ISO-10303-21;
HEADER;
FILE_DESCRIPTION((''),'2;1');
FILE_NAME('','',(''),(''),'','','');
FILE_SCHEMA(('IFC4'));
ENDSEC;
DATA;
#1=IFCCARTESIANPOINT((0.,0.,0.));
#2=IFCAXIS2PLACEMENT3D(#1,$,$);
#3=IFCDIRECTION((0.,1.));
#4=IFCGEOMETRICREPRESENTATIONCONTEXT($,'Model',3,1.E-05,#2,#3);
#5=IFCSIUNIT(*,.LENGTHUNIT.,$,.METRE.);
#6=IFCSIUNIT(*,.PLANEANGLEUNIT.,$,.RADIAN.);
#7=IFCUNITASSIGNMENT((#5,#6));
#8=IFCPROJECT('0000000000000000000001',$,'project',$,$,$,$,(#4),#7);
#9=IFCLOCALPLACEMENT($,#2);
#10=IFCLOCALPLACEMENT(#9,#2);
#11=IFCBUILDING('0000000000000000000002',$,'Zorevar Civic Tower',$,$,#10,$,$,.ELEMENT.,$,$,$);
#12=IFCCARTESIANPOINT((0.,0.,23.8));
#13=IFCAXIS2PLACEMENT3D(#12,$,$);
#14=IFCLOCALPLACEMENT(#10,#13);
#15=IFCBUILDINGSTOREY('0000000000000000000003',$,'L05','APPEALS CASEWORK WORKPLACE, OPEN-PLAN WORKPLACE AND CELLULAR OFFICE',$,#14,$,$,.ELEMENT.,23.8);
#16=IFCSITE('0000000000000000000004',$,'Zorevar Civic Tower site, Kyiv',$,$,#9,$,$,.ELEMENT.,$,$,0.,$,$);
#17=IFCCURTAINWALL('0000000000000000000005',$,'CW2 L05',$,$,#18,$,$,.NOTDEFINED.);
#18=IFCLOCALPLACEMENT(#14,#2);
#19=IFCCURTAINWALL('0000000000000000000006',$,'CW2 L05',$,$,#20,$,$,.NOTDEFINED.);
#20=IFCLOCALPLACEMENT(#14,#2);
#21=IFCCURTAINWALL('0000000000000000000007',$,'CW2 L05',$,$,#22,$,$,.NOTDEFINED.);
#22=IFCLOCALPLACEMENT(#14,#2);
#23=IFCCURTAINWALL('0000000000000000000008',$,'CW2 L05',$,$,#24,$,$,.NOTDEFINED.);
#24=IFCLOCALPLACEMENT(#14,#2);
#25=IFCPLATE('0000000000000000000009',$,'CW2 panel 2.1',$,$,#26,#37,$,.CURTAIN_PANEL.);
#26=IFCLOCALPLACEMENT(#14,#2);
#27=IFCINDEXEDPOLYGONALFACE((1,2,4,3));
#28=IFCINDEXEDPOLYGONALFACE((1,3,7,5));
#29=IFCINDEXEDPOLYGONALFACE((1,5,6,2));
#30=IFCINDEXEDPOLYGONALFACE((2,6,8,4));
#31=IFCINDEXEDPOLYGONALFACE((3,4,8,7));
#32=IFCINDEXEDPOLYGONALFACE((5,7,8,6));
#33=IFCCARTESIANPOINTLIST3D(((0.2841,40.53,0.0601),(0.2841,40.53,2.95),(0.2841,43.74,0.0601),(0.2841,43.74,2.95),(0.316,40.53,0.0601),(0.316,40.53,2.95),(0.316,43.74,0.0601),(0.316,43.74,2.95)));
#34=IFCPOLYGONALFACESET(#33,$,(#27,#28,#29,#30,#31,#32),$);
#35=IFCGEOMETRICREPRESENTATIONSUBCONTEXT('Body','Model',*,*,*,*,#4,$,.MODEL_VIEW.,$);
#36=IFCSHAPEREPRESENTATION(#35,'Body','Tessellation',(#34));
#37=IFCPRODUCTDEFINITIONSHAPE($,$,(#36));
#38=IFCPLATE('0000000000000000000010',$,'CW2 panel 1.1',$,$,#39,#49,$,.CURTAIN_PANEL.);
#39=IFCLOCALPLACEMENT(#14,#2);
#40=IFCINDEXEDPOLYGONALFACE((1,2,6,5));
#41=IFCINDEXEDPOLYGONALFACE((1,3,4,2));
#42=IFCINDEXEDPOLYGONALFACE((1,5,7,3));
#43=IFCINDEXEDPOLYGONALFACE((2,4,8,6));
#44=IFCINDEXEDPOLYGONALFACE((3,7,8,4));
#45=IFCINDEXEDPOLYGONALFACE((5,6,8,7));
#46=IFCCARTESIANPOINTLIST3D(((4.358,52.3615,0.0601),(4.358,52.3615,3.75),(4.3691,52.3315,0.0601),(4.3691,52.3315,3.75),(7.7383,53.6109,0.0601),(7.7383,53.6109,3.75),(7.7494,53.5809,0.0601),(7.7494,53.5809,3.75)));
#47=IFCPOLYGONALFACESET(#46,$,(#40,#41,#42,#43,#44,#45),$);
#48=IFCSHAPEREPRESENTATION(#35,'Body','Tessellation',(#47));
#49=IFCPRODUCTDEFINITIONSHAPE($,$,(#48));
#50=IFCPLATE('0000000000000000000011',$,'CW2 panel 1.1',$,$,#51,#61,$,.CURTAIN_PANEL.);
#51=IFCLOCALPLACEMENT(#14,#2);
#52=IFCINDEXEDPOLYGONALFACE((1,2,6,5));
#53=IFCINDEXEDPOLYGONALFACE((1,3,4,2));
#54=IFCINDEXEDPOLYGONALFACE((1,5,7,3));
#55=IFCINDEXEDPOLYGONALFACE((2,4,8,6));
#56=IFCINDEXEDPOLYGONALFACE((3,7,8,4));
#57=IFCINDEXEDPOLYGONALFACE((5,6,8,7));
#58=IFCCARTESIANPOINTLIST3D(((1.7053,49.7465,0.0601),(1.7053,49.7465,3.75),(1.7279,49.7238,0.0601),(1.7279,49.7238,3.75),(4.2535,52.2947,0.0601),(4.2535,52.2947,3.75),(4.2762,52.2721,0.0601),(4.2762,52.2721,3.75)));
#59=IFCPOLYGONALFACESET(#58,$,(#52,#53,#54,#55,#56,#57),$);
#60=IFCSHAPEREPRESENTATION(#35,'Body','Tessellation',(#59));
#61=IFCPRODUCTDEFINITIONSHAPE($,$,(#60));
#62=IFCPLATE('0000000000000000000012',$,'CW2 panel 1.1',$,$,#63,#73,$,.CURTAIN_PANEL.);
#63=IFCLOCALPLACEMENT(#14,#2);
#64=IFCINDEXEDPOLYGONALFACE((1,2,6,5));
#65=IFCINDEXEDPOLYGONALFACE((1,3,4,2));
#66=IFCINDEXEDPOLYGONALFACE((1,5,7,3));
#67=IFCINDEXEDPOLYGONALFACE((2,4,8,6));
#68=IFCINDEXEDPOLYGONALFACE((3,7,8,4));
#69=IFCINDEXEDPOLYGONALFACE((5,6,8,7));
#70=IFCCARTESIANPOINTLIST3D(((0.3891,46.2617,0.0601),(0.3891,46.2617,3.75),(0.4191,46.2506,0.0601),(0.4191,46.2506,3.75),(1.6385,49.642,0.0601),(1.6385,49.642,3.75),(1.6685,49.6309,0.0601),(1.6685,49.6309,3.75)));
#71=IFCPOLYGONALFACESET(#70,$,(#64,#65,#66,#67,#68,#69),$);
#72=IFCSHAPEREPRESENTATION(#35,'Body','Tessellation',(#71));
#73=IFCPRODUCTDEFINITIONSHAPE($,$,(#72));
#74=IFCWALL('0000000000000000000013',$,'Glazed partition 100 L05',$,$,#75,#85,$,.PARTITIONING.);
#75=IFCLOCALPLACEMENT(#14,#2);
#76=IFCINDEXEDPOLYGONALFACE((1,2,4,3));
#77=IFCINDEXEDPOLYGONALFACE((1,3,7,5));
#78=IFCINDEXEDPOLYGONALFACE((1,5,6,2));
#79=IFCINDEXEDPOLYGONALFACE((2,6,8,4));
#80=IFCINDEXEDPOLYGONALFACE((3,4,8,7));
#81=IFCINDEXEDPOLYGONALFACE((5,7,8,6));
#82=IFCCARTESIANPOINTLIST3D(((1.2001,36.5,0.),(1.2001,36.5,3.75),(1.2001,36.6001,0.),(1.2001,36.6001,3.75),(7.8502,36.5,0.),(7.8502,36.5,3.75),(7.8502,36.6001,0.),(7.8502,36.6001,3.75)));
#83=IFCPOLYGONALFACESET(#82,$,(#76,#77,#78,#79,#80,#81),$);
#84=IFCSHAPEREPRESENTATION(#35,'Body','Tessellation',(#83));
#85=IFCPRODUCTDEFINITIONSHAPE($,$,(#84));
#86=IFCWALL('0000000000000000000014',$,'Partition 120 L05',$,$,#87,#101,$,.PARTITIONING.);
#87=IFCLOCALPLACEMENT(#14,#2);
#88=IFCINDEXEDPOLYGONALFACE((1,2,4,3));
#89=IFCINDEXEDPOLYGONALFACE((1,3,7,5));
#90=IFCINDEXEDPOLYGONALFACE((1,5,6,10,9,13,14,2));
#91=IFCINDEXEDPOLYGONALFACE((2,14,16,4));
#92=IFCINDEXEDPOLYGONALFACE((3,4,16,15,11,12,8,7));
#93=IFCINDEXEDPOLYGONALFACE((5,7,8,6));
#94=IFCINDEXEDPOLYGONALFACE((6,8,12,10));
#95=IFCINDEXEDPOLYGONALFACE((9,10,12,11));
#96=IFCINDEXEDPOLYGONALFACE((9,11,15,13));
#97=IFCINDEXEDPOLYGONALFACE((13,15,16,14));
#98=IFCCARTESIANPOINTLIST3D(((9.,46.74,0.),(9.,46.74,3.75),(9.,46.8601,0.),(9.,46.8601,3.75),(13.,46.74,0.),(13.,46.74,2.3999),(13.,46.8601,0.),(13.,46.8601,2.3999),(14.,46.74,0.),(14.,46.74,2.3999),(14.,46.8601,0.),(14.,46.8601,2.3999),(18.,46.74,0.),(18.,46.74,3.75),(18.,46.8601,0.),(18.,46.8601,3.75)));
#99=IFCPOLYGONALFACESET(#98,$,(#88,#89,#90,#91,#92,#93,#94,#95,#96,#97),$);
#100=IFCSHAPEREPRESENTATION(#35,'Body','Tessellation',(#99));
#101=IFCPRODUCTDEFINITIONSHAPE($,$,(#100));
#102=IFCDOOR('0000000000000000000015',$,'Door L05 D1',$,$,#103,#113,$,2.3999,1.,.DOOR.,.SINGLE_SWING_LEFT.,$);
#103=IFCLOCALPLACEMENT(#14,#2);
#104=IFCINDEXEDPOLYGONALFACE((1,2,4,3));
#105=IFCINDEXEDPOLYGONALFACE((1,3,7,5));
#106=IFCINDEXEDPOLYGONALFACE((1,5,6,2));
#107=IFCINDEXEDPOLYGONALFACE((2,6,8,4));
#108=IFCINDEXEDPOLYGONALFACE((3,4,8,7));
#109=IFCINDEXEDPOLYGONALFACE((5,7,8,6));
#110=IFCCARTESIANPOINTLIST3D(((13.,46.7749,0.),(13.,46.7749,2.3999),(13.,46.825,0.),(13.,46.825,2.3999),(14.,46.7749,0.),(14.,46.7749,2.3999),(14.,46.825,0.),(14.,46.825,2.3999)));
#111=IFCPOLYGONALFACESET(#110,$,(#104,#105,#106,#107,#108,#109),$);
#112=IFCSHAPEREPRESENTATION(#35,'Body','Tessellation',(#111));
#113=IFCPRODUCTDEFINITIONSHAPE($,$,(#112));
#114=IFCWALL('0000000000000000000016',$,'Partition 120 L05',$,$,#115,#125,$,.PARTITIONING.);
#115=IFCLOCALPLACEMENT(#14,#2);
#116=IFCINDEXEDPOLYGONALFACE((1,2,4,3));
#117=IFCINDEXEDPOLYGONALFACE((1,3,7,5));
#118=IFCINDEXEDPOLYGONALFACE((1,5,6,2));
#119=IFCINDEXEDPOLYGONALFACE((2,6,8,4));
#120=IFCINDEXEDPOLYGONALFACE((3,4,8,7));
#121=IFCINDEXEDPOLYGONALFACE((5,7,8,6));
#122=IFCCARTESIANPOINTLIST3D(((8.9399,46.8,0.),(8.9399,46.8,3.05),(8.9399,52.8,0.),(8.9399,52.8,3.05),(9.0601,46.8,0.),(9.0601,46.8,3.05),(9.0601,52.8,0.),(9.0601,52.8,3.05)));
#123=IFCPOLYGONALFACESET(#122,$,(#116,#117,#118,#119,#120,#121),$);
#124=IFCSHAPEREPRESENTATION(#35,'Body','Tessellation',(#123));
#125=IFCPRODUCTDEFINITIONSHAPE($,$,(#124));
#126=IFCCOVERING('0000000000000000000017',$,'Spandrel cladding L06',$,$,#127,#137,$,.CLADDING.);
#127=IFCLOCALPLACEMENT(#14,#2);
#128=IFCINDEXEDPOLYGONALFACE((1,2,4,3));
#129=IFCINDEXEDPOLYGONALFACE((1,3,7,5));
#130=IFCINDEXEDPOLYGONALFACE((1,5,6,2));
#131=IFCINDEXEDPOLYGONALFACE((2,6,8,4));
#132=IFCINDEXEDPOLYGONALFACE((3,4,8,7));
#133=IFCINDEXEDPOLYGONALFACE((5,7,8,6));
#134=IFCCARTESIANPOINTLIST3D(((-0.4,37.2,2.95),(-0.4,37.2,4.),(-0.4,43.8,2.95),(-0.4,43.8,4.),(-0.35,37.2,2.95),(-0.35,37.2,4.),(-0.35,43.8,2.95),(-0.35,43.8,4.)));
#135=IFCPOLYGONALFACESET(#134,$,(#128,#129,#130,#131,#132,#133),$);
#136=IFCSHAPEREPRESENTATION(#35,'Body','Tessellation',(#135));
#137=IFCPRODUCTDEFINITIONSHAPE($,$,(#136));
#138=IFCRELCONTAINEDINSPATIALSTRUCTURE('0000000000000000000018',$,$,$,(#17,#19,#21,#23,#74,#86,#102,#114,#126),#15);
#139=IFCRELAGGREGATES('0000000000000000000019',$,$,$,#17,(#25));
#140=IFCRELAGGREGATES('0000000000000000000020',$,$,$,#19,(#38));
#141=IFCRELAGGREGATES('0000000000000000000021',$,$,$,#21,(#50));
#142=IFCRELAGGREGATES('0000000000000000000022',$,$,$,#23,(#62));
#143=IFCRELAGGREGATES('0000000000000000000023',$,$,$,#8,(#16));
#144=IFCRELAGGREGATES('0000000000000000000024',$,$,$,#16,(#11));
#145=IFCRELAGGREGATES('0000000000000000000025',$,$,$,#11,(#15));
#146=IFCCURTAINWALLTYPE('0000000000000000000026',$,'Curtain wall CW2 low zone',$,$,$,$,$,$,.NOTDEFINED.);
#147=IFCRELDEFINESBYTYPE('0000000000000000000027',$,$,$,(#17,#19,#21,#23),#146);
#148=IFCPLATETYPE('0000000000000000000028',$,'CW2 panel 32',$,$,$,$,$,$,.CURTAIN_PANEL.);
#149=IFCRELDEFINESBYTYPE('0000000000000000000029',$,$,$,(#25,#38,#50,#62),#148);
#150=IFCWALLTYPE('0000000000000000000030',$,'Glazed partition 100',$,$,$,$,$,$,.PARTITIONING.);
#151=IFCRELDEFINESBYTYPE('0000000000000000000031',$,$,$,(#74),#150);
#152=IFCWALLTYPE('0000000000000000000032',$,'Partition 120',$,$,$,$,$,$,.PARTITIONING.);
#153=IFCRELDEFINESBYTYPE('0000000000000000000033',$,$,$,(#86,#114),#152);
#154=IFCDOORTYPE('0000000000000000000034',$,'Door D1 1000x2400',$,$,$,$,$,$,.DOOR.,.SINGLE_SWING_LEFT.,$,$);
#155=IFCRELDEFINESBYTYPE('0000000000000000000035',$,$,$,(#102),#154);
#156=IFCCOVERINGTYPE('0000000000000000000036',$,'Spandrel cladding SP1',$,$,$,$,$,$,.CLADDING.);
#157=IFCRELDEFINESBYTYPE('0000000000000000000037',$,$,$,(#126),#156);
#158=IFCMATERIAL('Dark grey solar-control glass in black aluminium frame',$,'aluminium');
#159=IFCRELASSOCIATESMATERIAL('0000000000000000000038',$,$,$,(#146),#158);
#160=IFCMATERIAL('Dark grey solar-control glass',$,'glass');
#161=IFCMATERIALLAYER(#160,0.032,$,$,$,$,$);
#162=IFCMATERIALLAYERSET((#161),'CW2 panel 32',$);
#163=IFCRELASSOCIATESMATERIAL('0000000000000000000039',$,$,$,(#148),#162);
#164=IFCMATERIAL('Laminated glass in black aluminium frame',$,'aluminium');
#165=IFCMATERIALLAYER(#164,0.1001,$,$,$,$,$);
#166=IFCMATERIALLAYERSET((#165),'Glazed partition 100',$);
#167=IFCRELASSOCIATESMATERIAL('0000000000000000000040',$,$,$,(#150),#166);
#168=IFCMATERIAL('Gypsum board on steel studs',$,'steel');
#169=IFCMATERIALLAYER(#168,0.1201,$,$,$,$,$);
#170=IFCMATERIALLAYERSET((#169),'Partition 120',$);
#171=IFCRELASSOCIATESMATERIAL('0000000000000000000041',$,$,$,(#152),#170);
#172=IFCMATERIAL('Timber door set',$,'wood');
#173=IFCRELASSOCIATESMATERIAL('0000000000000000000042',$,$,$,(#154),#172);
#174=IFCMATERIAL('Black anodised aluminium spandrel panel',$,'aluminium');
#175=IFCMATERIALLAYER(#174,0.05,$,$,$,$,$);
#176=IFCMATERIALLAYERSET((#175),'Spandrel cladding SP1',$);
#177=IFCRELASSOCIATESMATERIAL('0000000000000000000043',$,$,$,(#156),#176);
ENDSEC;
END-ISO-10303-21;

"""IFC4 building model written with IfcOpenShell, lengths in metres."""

from ifc_helpers import new_model, si_unit, direction, frame, frame_2d, origin, origin_2d, place, context, subcontext, project, spatial, rectangle, extrude, material, layer, layer_set, type_object, element, fill, aggregate, save


model = new_model("IFC4")

# Units and contexts
model_context = context("Model", 3, precision=1e-05, world=origin(), true_north=direction((0.0, 1.0)))
body_context = subcontext(model_context, "Body", "Model", "MODEL_VIEW")
ifc_project = project(units=[si_unit("LENGTHUNIT", "METRE"), si_unit("PLANEANGLEUNIT", "RADIAN")], contexts=[model_context])

# Site, building, storey
site_placement = place(None, origin())
site = spatial("IfcSite", under=ifc_project, at=site_placement, Name="Zorevar Civic Tower site, Kyiv", CompositionType="ELEMENT", RefElevation=0.0)
building_placement = place(site_placement, origin())
building = spatial("IfcBuilding", under=site, at=building_placement, Name="Zorevar Civic Tower", CompositionType="ELEMENT")
storey_placement = place(building_placement, frame((0.0, 0.0, 23.8)))
storey = spatial("IfcBuildingStorey", under=building, at=storey_placement, Name="L05", Description="APPEALS CASEWORK WORKPLACE, OPEN-PLAN WORKPLACE AND CELLULAR OFFICE", CompositionType="ELEMENT", Elevation=23.8)

# Curtain walls
ifc_material_1 = material(Name="Dark grey solar-control glass in black aluminium frame", Category="aluminium")
curtain_wall_type = type_object("IfcCurtainWallType", Name="Curtain wall CW2 low zone", PredefinedType="NOTDEFINED", material=ifc_material_1)
curtain_wall_1_placement = place(storey_placement, origin())
curtain_wall_1 = element("IfcCurtainWall", 1, at=curtain_wall_1_placement, inside=storey, type_object=curtain_wall_type, Name="CW2 L05", PredefinedType="NOTDEFINED")
curtain_wall_2_placement = place(storey_placement, origin())
curtain_wall_2 = element("IfcCurtainWall", 2, at=curtain_wall_2_placement, inside=storey, type_object=curtain_wall_type, Name="CW2 L05", PredefinedType="NOTDEFINED")
curtain_wall_3_placement = place(storey_placement, origin())
curtain_wall_3 = element("IfcCurtainWall", 3, at=curtain_wall_3_placement, inside=storey, type_object=curtain_wall_type, Name="CW2 L05", PredefinedType="NOTDEFINED")
curtain_wall_4_placement = place(storey_placement, origin())
curtain_wall_4 = element("IfcCurtainWall", 4, at=curtain_wall_4_placement, inside=storey, type_object=curtain_wall_type, Name="CW2 L05", PredefinedType="NOTDEFINED")

# Plates
ifc_material_2 = material(Name="Dark grey solar-control glass", Category="glass")
ifc_layer_1 = layer(ifc_material_2, 0.032)
ifc_layer_set_1 = layer_set([ifc_layer_1], Name="CW2 panel 32")
plate_type = type_object("IfcPlateType", Name="CW2 panel 32", PredefinedType="CURTAIN_PANEL", material=ifc_layer_set_1)
plate_1_placement = place(storey_placement, frame((0.3, 42.135, 0.0601), z_axis=(0.0, 0.0, 1.0), x_axis=(0.0, 1.0, 0.0)))
plate_1 = element("IfcPlate", 5, at=plate_1_placement, type_object=plate_type, Name="CW2 panel 2.1", PredefinedType="CURTAIN_PANEL", context=body_context, shape_type="SweptSolid", body=[
    extrude(rectangle(XDim=3.21, YDim=0.032, at=origin_2d()), origin(), (0.0, 0.0, 1.0), 2.8899),
])
aggregate(curtain_wall_1, [plate_1])
plate_2_placement = place(storey_placement, frame((6.0537, 52.9712, 0.0601), z_axis=(0.0, 0.0, 1.0), x_axis=(-0.937975, -0.346704, 0.0)))
plate_2 = element("IfcPlate", 6, at=plate_2_placement, type_object=plate_type, Name="CW2 panel 1.1", PredefinedType="CURTAIN_PANEL", context=body_context, shape_type="SweptSolid", body=[
    extrude(rectangle(XDim=3.6038, YDim=0.032, at=origin_2d()), origin(), (0.0, 0.0, 1.0), 3.6899),
])
aggregate(curtain_wall_2, [plate_2])
plate_3_placement = place(storey_placement, frame((2.9907, 51.0093, 0.0601), z_axis=(0.0, 0.0, 1.0), x_axis=(-0.707107, -0.707107, 0.0)))
plate_3 = element("IfcPlate", 7, at=plate_3_placement, type_object=plate_type, Name="CW2 panel 1.1", PredefinedType="CURTAIN_PANEL", context=body_context, shape_type="SweptSolid", body=[
    extrude(rectangle(XDim=3.6038, YDim=0.032, at=origin_2d()), origin(), (0.0, 0.0, 1.0), 3.6899),
])
aggregate(curtain_wall_3, [plate_3])
plate_4_placement = place(storey_placement, frame((1.0288, 47.9463, 0.0601), z_axis=(0.0, 0.0, 1.0), x_axis=(-0.346704, -0.937975, 0.0)))
plate_4 = element("IfcPlate", 8, at=plate_4_placement, type_object=plate_type, Name="CW2 panel 1.1", PredefinedType="CURTAIN_PANEL", context=body_context, shape_type="SweptSolid", body=[
    extrude(rectangle(XDim=3.6038, YDim=0.032, at=origin_2d()), origin(), (0.0, 0.0, 1.0), 3.6899),
])
aggregate(curtain_wall_4, [plate_4])

# Wall
ifc_material_3 = material(Name="Laminated glass in black aluminium frame", Category="aluminium")
ifc_layer_2 = layer(ifc_material_3, 0.1001)
ifc_layer_set_2 = layer_set([ifc_layer_2], Name="Glazed partition 100")
wall_type_1 = type_object("IfcWallType", Name="Glazed partition 100", PredefinedType="PARTITIONING", material=ifc_layer_set_2)
wall_1_placement = place(storey_placement, frame((1.2, 36.55, 0.0), z_axis=(0.0, 0.0, 1.0), x_axis=(1.0, 0.0, 0.0)))
element("IfcWall", 9, at=wall_1_placement, inside=storey, type_object=wall_type_1, Name="Glazed partition 100 L05", PredefinedType="PARTITIONING", context=body_context, shape_type="SweptSolid", body=[
    extrude(rectangle(XDim=6.6501, YDim=0.1001, at=frame_2d((3.3252, 0.0))), origin(), (0.0, 0.0, 1.0), 3.75),
])

# Wall, opening, door
ifc_material_4 = material(Name="Gypsum board on steel studs", Category="steel")
ifc_layer_3 = layer(ifc_material_4, 0.1201)
ifc_layer_set_3 = layer_set([ifc_layer_3], Name="Partition 120")
wall_type_2 = type_object("IfcWallType", Name="Partition 120", PredefinedType="PARTITIONING", material=ifc_layer_set_3)
wall_2_placement = place(storey_placement, frame((9.0, 46.8, 0.0), z_axis=(0.0, 0.0, 1.0), x_axis=(1.0, 0.0, 0.0)))
wall_2 = element("IfcWall", 10, at=wall_2_placement, inside=storey, type_object=wall_type_2, Name="Partition 120 L05", PredefinedType="PARTITIONING", context=body_context, shape_type="SweptSolid", body=[
    extrude(rectangle(XDim=9.0, YDim=0.1201, at=frame_2d((4.5, 0.0))), origin(), (0.0, 0.0, 1.0), 3.75),
])
opening_placement = place(wall_2_placement, frame((4.0, 0.0, 0.0)))
opening = element("IfcOpeningElement", 11, at=opening_placement, cuts=wall_2, PredefinedType="OPENING", context=body_context, shape_type="SweptSolid", body=[
    extrude(rectangle(XDim=1.0, YDim=2.3999, at=frame_2d((0.5, 1.2))), frame((0.0, 0.0701, 0.0), z_axis=(0.0, -1.0, 0.0), x_axis=(1.0, 0.0, 0.0)), (0.0, 0.0, 1.0), 0.1401),
])
ifc_material_5 = material(Name="Timber door set", Category="wood")
door_type = type_object("IfcDoorType", Name="Door D1 1000x2400", OperationType="SINGLE_SWING_LEFT", PredefinedType="DOOR", material=ifc_material_5)
door_placement = place(opening_placement, origin())
door = element("IfcDoor", 12, at=door_placement, inside=storey, type_object=door_type, Name="Door L05 D1", OperationType="SINGLE_SWING_LEFT", OverallHeight=2.3999, OverallWidth=1.0, PredefinedType="DOOR", context=body_context, shape_type="SweptSolid", body=[
    extrude(rectangle(XDim=1.0, YDim=2.3999, at=frame_2d((0.5, 1.2))), frame((0.0, 0.0249, 0.0), z_axis=(0.0, -1.0, 0.0), x_axis=(1.0, 0.0, 0.0)), (0.0, 0.0, 1.0), 0.05),
])
fill(opening, door)

# Wall
wall_3_placement = place(storey_placement, frame((9.0, 46.8, 0.0), z_axis=(0.0, 0.0, 1.0), x_axis=(0.0, 1.0, 0.0)))
element("IfcWall", 13, at=wall_3_placement, inside=storey, type_object=wall_type_2, Name="Partition 120 L05", PredefinedType="PARTITIONING", context=body_context, shape_type="SweptSolid", body=[
    extrude(rectangle(XDim=6.0, YDim=0.1201, at=frame_2d((3.0, 0.0))), origin(), (0.0, 0.0, 1.0), 3.05),
])

# Covering
ifc_material_6 = material(Name="Black anodised aluminium spandrel panel", Category="aluminium")
ifc_layer_4 = layer(ifc_material_6, 0.05)
ifc_layer_set_4 = layer_set([ifc_layer_4], Name="Spandrel cladding SP1")
covering_type = type_object("IfcCoveringType", Name="Spandrel cladding SP1", PredefinedType="CLADDING", material=ifc_layer_set_4)
covering_placement = place(storey_placement, frame((-0.375, 37.2, 2.95), z_axis=(0.0, 0.0, 1.0), x_axis=(0.0, 1.0, 0.0)))
element("IfcCovering", 14, at=covering_placement, inside=storey, type_object=covering_type, Name="Spandrel cladding L06", PredefinedType="CLADDING", context=body_context, shape_type="SweptSolid", body=[
    extrude(rectangle(XDim=6.6001, YDim=0.05, at=frame_2d((3.3, 0.0))), origin(), (0.0, 0.0, 1.0), 1.05),
])

save(model, "model.ifc")
